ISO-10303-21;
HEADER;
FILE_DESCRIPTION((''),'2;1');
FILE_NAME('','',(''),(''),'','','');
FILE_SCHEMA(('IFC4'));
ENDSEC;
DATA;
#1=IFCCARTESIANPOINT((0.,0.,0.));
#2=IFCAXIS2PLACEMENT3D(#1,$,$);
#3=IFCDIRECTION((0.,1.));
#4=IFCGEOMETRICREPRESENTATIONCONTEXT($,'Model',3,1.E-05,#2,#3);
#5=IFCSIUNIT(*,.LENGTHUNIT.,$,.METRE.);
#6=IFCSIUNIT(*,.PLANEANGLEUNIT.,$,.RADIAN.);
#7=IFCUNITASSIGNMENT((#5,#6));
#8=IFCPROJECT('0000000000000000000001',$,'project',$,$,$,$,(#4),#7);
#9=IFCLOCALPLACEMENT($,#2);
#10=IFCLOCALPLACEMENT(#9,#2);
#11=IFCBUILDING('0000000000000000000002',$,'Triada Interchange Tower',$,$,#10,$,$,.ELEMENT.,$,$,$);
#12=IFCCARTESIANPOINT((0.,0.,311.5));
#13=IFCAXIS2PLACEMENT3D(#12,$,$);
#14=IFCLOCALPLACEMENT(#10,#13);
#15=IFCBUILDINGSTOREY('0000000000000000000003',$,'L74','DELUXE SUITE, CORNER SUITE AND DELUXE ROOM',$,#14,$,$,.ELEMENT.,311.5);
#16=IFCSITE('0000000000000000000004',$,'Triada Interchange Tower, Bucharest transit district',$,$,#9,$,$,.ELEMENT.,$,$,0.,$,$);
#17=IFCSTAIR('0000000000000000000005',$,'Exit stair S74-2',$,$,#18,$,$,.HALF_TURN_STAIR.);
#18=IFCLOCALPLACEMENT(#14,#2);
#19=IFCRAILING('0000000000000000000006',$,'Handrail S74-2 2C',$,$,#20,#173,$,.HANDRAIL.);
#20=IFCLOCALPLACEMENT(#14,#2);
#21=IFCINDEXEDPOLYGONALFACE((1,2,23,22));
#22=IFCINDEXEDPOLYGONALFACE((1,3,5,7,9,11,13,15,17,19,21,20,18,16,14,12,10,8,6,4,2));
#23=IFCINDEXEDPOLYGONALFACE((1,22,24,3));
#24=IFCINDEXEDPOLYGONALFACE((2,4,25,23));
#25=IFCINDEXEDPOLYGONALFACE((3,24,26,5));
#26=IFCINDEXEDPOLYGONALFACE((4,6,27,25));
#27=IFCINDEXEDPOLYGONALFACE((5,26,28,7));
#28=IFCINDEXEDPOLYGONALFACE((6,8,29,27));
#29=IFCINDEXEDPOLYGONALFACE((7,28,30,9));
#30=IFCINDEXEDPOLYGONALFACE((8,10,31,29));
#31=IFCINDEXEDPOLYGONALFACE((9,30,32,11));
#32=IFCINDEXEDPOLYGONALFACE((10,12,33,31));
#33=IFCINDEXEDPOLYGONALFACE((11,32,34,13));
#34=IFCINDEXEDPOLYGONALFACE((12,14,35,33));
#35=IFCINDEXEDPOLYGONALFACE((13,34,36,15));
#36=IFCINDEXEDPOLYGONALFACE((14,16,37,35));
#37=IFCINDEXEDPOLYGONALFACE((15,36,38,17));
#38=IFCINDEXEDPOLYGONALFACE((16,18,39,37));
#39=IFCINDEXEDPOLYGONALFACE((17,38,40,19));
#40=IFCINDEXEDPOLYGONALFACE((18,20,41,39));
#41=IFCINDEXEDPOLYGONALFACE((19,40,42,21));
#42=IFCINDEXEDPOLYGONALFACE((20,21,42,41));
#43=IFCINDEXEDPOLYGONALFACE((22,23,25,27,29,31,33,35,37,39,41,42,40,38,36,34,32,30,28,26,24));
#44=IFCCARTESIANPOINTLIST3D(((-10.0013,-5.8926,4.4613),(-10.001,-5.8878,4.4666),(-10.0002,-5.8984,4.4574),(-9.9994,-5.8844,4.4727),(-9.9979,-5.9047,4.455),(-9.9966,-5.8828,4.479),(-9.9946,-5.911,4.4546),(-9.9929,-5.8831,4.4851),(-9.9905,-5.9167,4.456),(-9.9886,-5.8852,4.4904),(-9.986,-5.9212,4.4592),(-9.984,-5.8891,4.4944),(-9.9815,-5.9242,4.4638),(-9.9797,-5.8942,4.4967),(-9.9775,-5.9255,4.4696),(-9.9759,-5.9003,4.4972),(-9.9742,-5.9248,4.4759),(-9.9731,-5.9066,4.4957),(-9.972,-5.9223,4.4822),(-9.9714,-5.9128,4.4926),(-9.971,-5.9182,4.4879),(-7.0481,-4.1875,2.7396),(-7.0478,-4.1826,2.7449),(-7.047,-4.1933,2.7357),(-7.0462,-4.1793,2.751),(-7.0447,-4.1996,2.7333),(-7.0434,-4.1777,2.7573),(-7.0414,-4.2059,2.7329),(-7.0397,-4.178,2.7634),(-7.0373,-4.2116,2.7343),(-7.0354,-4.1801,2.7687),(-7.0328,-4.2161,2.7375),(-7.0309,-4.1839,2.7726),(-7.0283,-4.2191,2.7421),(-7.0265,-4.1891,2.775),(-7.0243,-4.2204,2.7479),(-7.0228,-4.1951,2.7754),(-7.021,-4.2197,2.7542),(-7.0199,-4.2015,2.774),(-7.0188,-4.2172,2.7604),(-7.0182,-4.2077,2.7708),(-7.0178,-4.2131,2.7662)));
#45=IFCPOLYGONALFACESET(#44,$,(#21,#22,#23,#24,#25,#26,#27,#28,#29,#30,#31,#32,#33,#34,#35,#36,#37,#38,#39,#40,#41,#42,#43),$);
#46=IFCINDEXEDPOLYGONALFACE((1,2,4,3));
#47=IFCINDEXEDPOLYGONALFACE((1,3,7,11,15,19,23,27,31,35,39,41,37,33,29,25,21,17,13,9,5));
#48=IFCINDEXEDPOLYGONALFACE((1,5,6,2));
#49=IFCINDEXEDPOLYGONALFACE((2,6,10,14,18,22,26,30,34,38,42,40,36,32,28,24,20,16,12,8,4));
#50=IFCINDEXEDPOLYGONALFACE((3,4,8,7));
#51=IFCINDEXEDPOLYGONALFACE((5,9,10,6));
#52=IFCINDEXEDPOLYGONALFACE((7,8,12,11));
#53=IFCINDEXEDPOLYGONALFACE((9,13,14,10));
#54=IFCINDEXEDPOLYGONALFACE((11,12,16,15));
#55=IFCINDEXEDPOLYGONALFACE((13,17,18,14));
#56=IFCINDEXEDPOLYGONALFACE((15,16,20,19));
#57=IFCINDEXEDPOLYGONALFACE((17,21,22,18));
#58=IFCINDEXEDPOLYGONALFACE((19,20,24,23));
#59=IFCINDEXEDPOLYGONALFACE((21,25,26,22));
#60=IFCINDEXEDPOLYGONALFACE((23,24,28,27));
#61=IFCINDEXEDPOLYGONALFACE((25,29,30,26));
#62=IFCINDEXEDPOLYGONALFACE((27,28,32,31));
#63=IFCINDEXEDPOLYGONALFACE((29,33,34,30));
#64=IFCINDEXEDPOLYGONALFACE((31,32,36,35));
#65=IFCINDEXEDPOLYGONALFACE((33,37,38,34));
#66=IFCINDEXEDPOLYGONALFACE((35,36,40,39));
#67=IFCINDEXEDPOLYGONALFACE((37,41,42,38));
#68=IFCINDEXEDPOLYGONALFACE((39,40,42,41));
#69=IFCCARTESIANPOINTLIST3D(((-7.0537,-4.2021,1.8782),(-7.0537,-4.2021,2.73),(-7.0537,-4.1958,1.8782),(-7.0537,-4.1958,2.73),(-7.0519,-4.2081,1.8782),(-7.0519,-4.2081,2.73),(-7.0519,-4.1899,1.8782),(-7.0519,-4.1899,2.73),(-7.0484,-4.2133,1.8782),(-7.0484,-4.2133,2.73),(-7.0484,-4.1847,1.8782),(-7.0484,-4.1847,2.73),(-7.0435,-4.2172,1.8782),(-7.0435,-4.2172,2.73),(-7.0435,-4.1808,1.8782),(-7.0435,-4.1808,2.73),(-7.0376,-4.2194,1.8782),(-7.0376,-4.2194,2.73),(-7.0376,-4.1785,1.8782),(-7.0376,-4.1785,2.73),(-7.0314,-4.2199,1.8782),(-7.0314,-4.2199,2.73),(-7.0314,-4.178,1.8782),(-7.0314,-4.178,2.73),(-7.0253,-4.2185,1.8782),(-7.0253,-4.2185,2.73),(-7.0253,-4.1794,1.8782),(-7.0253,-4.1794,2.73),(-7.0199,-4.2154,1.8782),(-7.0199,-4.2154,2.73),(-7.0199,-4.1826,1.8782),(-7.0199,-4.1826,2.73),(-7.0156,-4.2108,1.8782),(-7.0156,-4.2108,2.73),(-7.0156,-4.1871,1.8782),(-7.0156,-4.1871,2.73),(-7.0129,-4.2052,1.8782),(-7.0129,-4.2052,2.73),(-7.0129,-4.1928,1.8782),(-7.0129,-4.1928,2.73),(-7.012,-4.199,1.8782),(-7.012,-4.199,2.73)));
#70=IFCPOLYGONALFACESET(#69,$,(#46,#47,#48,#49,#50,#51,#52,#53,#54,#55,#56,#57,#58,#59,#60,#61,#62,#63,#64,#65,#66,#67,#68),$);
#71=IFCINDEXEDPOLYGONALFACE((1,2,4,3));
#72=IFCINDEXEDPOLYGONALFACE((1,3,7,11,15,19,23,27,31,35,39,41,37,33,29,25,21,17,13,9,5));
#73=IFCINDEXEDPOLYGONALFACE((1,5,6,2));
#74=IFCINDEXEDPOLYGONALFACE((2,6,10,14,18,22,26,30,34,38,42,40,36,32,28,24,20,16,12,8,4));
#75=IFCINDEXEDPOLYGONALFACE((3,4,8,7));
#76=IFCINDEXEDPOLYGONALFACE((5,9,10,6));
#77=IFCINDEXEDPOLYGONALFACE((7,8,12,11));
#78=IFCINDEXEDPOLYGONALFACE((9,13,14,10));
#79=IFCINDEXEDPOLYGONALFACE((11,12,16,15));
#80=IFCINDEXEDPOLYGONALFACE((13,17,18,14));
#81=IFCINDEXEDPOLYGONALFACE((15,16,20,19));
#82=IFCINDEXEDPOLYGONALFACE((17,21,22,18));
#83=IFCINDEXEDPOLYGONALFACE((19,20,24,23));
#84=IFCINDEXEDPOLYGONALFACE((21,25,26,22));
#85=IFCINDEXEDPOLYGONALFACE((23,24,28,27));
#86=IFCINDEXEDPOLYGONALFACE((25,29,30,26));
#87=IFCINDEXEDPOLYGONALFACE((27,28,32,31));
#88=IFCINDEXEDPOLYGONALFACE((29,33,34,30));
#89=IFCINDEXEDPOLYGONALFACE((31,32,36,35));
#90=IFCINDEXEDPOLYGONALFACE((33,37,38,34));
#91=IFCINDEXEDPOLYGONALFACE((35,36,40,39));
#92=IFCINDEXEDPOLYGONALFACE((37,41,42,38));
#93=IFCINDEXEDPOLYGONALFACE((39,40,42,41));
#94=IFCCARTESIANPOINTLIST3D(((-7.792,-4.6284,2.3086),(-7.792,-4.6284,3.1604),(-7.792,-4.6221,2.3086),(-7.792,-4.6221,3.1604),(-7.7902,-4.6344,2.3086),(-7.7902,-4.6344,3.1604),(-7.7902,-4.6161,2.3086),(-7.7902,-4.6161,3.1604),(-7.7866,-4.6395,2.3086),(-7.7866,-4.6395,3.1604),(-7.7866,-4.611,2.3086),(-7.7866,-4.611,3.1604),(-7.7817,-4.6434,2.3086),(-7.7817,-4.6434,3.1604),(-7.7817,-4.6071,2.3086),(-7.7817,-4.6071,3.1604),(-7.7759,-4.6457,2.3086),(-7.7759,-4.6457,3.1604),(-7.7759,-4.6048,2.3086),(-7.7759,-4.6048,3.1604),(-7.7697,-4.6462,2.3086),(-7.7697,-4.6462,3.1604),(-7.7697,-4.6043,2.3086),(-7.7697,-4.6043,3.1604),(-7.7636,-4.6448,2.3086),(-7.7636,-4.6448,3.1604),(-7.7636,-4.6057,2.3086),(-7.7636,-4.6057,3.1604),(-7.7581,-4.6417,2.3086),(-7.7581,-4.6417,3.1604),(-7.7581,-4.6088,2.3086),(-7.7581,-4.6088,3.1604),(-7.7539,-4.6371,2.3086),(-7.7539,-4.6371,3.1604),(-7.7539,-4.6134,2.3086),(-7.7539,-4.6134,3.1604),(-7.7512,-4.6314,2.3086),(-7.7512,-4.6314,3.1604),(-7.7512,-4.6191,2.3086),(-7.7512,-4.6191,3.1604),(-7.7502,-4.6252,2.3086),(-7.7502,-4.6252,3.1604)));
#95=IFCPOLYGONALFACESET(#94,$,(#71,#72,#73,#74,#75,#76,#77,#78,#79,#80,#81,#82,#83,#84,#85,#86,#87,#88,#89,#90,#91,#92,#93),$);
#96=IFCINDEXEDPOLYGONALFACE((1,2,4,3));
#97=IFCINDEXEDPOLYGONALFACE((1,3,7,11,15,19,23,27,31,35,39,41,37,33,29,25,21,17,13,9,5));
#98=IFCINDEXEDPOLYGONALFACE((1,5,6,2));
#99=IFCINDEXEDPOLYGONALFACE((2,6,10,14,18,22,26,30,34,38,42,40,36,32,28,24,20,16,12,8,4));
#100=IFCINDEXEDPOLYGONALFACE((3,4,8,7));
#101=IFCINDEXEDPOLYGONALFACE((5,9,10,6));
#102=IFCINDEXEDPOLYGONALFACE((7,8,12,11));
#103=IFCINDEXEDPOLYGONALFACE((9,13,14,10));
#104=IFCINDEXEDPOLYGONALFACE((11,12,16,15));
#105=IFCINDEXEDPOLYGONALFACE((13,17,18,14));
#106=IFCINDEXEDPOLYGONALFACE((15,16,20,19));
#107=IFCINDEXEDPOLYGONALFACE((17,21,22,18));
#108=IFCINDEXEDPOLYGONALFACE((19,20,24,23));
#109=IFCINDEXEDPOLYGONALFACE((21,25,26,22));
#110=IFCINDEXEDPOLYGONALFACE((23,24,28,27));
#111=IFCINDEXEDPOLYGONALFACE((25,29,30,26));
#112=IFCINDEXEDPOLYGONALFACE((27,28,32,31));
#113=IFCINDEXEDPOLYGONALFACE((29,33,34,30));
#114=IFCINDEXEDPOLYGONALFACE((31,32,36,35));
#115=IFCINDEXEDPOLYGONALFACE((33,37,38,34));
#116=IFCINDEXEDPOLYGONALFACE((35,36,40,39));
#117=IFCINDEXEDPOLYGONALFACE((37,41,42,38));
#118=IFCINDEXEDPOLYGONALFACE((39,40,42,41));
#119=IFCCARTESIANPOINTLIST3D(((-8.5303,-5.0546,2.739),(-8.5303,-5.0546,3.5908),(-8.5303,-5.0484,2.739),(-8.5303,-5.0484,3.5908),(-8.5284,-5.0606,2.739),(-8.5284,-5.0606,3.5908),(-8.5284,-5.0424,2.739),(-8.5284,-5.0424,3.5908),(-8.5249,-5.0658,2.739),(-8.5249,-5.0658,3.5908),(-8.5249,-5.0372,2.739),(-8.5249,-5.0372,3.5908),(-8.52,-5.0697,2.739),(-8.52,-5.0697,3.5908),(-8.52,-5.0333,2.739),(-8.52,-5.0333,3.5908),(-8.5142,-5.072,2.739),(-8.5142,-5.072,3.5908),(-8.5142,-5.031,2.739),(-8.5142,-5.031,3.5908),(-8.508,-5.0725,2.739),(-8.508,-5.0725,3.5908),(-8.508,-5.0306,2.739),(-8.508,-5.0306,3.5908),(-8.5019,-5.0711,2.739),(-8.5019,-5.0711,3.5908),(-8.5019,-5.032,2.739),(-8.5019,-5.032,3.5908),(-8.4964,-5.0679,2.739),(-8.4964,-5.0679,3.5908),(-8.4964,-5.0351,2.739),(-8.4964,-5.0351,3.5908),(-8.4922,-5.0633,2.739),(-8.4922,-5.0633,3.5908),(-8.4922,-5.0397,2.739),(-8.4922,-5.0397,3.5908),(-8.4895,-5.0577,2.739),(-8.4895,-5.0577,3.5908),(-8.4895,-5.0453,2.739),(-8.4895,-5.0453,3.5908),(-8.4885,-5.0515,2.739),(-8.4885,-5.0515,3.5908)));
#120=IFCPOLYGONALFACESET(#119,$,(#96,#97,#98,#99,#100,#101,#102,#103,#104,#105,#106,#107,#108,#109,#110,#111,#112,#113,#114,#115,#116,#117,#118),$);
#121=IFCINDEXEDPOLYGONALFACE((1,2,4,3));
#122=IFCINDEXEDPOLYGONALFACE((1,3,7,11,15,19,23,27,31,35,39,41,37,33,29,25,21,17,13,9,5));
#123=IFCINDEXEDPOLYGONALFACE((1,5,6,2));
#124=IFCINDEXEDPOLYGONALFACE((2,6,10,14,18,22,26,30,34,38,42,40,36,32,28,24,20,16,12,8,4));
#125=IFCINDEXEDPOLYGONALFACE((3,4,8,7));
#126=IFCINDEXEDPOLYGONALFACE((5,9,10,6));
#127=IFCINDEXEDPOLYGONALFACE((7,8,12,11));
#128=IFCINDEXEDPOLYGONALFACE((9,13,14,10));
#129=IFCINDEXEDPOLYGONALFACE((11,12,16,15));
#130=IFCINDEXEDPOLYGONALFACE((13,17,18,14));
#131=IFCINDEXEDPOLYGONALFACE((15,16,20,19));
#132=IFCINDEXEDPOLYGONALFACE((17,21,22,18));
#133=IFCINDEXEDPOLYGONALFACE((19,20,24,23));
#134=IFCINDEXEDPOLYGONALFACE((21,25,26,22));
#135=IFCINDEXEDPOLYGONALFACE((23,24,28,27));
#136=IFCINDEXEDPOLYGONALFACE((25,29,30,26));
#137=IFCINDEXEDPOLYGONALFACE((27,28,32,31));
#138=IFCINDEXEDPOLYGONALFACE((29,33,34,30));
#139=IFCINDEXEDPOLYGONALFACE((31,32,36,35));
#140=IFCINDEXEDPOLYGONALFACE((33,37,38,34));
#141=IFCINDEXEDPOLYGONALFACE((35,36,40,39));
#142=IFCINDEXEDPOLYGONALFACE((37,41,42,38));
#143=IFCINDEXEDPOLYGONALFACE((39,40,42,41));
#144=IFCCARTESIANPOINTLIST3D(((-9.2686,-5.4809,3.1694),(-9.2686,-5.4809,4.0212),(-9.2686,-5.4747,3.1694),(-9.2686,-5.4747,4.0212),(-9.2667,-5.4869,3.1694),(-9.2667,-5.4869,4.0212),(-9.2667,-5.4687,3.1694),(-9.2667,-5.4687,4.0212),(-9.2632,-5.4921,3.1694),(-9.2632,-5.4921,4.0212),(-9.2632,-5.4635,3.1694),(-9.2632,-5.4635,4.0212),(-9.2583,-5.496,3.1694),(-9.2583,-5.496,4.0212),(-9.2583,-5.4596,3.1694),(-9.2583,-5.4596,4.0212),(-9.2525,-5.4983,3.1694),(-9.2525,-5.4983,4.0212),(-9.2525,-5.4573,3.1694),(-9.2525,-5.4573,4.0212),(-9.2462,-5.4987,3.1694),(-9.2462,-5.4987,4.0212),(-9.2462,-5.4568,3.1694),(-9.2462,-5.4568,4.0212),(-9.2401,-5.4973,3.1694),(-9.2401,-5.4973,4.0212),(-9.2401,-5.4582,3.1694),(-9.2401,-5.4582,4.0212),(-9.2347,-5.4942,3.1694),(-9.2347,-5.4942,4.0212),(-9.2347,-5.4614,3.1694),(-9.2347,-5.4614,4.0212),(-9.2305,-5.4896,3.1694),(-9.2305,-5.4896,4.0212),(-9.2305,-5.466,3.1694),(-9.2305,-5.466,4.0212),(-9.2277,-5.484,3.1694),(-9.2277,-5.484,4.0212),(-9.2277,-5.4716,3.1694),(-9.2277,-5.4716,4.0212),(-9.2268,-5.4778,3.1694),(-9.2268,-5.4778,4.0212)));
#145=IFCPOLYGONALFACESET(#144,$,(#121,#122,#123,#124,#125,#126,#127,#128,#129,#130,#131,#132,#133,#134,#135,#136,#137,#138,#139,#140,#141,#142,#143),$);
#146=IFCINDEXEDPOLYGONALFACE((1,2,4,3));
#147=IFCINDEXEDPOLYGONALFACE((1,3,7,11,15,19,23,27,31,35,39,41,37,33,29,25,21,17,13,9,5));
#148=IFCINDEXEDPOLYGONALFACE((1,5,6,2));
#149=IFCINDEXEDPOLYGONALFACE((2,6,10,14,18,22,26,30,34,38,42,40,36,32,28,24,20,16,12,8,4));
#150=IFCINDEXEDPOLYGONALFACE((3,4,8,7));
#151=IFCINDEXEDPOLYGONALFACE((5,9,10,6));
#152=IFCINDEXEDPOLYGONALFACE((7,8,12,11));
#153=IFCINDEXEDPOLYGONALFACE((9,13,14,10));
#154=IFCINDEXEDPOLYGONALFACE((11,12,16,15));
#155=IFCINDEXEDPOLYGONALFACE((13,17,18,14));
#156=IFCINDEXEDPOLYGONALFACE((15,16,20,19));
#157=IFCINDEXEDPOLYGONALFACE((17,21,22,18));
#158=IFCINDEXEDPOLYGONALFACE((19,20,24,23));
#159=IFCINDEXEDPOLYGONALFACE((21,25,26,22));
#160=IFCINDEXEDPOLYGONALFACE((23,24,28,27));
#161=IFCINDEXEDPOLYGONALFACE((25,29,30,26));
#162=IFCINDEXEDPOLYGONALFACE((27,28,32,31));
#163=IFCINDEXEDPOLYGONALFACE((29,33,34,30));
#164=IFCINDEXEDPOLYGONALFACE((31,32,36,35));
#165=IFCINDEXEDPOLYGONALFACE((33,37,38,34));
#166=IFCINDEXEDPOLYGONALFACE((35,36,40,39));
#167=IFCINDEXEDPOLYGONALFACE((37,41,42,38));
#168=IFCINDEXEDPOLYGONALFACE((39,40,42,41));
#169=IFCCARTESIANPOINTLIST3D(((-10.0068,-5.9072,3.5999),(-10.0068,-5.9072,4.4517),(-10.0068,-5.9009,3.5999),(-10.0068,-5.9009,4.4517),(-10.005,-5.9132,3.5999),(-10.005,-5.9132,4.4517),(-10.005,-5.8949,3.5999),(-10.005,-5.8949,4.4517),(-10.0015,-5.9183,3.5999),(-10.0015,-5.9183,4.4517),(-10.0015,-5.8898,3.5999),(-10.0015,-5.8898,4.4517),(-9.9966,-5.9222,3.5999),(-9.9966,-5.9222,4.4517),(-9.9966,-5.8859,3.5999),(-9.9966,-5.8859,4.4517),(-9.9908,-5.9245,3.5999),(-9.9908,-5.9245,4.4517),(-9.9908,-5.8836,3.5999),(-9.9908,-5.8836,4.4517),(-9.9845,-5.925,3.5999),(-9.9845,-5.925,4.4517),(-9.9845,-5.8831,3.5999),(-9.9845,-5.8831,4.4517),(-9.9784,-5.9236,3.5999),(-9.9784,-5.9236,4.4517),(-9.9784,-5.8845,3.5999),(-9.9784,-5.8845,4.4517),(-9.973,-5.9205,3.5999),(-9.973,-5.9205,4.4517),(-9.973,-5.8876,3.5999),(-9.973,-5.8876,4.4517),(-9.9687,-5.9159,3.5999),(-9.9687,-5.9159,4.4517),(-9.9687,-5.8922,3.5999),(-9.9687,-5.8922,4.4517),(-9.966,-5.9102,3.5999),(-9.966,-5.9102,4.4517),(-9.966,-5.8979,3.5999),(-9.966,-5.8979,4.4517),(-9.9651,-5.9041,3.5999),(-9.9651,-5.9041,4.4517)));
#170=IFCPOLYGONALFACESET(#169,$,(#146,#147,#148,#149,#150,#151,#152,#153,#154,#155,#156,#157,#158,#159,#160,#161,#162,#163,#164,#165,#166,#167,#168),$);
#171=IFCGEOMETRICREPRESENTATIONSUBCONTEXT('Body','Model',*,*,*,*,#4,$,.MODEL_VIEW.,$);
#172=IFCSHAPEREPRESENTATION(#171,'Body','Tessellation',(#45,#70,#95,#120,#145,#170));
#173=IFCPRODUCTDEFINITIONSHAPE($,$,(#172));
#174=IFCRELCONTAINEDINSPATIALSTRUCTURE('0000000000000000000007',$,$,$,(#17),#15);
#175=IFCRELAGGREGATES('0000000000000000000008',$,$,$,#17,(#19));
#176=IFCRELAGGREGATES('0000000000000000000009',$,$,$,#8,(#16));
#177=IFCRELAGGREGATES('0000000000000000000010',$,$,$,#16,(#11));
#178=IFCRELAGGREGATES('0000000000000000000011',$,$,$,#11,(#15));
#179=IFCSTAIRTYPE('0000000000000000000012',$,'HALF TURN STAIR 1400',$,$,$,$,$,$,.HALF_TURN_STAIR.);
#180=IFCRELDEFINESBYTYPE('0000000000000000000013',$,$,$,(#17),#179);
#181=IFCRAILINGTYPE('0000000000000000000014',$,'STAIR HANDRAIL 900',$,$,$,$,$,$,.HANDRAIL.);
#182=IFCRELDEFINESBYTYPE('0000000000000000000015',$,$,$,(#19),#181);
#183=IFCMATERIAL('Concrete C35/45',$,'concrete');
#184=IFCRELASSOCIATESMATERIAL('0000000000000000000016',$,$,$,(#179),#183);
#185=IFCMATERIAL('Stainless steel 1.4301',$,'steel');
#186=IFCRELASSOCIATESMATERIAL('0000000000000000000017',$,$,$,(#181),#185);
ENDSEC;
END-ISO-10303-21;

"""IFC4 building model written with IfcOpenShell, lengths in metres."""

from ifc_helpers import new_model, si_unit, direction, frame, origin, origin_2d, place, context, subcontext, project, spatial, circle, extrude, material, type_object, element, aggregate, save


model = new_model("IFC4")

# Units and contexts
model_context = context("Model", 3, precision=1e-05, world=origin(), true_north=direction((0.0, 1.0)))
body_context = subcontext(model_context, "Body", "Model", "MODEL_VIEW")
ifc_project = project(units=[si_unit("LENGTHUNIT", "METRE"), si_unit("PLANEANGLEUNIT", "RADIAN")], contexts=[model_context])

# Site, building, storey
site_placement = place(None, origin())
site = spatial("IfcSite", under=ifc_project, at=site_placement, Name="Triada Interchange Tower, Bucharest transit district", CompositionType="ELEMENT", RefElevation=0.0)
building_placement = place(site_placement, origin())
building = spatial("IfcBuilding", under=site, at=building_placement, Name="Triada Interchange Tower", CompositionType="ELEMENT")
storey_placement = place(building_placement, frame((0.0, 0.0, 311.5)))
storey = spatial("IfcBuildingStorey", under=building, at=storey_placement, Name="L74", Description="DELUXE SUITE, CORNER SUITE AND DELUXE ROOM", CompositionType="ELEMENT", Elevation=311.5)

# Stair, railing
ifc_material_1 = material(Name="Concrete C35/45", Category="concrete")
stair_type = type_object("IfcStairType", Name="HALF TURN STAIR 1400", PredefinedType="HALF_TURN_STAIR", material=ifc_material_1)
stair_placement = place(storey_placement, origin())
stair = element("IfcStair", 1, at=stair_placement, inside=storey, type_object=stair_type, Name="Exit stair S74-2", PredefinedType="HALF_TURN_STAIR")
ifc_material_2 = material(Name="Stainless steel 1.4301", Category="steel")
railing_type = type_object("IfcRailingType", Name="STAIR HANDRAIL 900", PredefinedType="HANDRAIL", material=ifc_material_2)
railing_1_placement = place(storey_placement, frame((-7.033, -4.199, 1.8782)))
railing_1 = element("IfcRailing", 2, at=railing_1_placement, type_object=railing_type, Name="Handrail S74-2 2C", PredefinedType="HANDRAIL", context=body_context, shape_type="SweptSolid", body=[
    extrude(circle(Radius=0.0239, at=origin_2d()), frame((0.0, 0.0, 0.876), z_axis=(-0.773069, -0.446355, 0.450701), x_axis=(0.50002, -0.866014, 0.0)), (0.0, 0.0, 1.0), 3.8201),
    extrude(circle(Radius=0.021, at=origin_2d()), origin(), (0.0, 0.0, 1.0), 0.8518),
    extrude(circle(Radius=0.021, at=origin_2d()), frame((-0.7383, -0.4263, 0.4304)), (0.0, 0.0, 1.0), 0.8518),
    extrude(circle(Radius=0.021, at=origin_2d()), frame((-1.4766, -0.8525, 0.8608)), (0.0, 0.0, 1.0), 0.8518),
    extrude(circle(Radius=0.021, at=origin_2d()), frame((-2.2148, -1.2788, 1.2913)), (0.0, 0.0, 1.0), 0.8518),
    extrude(circle(Radius=0.021, at=origin_2d()), frame((-2.9531, -1.7051, 1.7217)), (0.0, 0.0, 1.0), 0.8518),
])
aggregate(stair, [railing_1])

save(model, "model.ifc")
